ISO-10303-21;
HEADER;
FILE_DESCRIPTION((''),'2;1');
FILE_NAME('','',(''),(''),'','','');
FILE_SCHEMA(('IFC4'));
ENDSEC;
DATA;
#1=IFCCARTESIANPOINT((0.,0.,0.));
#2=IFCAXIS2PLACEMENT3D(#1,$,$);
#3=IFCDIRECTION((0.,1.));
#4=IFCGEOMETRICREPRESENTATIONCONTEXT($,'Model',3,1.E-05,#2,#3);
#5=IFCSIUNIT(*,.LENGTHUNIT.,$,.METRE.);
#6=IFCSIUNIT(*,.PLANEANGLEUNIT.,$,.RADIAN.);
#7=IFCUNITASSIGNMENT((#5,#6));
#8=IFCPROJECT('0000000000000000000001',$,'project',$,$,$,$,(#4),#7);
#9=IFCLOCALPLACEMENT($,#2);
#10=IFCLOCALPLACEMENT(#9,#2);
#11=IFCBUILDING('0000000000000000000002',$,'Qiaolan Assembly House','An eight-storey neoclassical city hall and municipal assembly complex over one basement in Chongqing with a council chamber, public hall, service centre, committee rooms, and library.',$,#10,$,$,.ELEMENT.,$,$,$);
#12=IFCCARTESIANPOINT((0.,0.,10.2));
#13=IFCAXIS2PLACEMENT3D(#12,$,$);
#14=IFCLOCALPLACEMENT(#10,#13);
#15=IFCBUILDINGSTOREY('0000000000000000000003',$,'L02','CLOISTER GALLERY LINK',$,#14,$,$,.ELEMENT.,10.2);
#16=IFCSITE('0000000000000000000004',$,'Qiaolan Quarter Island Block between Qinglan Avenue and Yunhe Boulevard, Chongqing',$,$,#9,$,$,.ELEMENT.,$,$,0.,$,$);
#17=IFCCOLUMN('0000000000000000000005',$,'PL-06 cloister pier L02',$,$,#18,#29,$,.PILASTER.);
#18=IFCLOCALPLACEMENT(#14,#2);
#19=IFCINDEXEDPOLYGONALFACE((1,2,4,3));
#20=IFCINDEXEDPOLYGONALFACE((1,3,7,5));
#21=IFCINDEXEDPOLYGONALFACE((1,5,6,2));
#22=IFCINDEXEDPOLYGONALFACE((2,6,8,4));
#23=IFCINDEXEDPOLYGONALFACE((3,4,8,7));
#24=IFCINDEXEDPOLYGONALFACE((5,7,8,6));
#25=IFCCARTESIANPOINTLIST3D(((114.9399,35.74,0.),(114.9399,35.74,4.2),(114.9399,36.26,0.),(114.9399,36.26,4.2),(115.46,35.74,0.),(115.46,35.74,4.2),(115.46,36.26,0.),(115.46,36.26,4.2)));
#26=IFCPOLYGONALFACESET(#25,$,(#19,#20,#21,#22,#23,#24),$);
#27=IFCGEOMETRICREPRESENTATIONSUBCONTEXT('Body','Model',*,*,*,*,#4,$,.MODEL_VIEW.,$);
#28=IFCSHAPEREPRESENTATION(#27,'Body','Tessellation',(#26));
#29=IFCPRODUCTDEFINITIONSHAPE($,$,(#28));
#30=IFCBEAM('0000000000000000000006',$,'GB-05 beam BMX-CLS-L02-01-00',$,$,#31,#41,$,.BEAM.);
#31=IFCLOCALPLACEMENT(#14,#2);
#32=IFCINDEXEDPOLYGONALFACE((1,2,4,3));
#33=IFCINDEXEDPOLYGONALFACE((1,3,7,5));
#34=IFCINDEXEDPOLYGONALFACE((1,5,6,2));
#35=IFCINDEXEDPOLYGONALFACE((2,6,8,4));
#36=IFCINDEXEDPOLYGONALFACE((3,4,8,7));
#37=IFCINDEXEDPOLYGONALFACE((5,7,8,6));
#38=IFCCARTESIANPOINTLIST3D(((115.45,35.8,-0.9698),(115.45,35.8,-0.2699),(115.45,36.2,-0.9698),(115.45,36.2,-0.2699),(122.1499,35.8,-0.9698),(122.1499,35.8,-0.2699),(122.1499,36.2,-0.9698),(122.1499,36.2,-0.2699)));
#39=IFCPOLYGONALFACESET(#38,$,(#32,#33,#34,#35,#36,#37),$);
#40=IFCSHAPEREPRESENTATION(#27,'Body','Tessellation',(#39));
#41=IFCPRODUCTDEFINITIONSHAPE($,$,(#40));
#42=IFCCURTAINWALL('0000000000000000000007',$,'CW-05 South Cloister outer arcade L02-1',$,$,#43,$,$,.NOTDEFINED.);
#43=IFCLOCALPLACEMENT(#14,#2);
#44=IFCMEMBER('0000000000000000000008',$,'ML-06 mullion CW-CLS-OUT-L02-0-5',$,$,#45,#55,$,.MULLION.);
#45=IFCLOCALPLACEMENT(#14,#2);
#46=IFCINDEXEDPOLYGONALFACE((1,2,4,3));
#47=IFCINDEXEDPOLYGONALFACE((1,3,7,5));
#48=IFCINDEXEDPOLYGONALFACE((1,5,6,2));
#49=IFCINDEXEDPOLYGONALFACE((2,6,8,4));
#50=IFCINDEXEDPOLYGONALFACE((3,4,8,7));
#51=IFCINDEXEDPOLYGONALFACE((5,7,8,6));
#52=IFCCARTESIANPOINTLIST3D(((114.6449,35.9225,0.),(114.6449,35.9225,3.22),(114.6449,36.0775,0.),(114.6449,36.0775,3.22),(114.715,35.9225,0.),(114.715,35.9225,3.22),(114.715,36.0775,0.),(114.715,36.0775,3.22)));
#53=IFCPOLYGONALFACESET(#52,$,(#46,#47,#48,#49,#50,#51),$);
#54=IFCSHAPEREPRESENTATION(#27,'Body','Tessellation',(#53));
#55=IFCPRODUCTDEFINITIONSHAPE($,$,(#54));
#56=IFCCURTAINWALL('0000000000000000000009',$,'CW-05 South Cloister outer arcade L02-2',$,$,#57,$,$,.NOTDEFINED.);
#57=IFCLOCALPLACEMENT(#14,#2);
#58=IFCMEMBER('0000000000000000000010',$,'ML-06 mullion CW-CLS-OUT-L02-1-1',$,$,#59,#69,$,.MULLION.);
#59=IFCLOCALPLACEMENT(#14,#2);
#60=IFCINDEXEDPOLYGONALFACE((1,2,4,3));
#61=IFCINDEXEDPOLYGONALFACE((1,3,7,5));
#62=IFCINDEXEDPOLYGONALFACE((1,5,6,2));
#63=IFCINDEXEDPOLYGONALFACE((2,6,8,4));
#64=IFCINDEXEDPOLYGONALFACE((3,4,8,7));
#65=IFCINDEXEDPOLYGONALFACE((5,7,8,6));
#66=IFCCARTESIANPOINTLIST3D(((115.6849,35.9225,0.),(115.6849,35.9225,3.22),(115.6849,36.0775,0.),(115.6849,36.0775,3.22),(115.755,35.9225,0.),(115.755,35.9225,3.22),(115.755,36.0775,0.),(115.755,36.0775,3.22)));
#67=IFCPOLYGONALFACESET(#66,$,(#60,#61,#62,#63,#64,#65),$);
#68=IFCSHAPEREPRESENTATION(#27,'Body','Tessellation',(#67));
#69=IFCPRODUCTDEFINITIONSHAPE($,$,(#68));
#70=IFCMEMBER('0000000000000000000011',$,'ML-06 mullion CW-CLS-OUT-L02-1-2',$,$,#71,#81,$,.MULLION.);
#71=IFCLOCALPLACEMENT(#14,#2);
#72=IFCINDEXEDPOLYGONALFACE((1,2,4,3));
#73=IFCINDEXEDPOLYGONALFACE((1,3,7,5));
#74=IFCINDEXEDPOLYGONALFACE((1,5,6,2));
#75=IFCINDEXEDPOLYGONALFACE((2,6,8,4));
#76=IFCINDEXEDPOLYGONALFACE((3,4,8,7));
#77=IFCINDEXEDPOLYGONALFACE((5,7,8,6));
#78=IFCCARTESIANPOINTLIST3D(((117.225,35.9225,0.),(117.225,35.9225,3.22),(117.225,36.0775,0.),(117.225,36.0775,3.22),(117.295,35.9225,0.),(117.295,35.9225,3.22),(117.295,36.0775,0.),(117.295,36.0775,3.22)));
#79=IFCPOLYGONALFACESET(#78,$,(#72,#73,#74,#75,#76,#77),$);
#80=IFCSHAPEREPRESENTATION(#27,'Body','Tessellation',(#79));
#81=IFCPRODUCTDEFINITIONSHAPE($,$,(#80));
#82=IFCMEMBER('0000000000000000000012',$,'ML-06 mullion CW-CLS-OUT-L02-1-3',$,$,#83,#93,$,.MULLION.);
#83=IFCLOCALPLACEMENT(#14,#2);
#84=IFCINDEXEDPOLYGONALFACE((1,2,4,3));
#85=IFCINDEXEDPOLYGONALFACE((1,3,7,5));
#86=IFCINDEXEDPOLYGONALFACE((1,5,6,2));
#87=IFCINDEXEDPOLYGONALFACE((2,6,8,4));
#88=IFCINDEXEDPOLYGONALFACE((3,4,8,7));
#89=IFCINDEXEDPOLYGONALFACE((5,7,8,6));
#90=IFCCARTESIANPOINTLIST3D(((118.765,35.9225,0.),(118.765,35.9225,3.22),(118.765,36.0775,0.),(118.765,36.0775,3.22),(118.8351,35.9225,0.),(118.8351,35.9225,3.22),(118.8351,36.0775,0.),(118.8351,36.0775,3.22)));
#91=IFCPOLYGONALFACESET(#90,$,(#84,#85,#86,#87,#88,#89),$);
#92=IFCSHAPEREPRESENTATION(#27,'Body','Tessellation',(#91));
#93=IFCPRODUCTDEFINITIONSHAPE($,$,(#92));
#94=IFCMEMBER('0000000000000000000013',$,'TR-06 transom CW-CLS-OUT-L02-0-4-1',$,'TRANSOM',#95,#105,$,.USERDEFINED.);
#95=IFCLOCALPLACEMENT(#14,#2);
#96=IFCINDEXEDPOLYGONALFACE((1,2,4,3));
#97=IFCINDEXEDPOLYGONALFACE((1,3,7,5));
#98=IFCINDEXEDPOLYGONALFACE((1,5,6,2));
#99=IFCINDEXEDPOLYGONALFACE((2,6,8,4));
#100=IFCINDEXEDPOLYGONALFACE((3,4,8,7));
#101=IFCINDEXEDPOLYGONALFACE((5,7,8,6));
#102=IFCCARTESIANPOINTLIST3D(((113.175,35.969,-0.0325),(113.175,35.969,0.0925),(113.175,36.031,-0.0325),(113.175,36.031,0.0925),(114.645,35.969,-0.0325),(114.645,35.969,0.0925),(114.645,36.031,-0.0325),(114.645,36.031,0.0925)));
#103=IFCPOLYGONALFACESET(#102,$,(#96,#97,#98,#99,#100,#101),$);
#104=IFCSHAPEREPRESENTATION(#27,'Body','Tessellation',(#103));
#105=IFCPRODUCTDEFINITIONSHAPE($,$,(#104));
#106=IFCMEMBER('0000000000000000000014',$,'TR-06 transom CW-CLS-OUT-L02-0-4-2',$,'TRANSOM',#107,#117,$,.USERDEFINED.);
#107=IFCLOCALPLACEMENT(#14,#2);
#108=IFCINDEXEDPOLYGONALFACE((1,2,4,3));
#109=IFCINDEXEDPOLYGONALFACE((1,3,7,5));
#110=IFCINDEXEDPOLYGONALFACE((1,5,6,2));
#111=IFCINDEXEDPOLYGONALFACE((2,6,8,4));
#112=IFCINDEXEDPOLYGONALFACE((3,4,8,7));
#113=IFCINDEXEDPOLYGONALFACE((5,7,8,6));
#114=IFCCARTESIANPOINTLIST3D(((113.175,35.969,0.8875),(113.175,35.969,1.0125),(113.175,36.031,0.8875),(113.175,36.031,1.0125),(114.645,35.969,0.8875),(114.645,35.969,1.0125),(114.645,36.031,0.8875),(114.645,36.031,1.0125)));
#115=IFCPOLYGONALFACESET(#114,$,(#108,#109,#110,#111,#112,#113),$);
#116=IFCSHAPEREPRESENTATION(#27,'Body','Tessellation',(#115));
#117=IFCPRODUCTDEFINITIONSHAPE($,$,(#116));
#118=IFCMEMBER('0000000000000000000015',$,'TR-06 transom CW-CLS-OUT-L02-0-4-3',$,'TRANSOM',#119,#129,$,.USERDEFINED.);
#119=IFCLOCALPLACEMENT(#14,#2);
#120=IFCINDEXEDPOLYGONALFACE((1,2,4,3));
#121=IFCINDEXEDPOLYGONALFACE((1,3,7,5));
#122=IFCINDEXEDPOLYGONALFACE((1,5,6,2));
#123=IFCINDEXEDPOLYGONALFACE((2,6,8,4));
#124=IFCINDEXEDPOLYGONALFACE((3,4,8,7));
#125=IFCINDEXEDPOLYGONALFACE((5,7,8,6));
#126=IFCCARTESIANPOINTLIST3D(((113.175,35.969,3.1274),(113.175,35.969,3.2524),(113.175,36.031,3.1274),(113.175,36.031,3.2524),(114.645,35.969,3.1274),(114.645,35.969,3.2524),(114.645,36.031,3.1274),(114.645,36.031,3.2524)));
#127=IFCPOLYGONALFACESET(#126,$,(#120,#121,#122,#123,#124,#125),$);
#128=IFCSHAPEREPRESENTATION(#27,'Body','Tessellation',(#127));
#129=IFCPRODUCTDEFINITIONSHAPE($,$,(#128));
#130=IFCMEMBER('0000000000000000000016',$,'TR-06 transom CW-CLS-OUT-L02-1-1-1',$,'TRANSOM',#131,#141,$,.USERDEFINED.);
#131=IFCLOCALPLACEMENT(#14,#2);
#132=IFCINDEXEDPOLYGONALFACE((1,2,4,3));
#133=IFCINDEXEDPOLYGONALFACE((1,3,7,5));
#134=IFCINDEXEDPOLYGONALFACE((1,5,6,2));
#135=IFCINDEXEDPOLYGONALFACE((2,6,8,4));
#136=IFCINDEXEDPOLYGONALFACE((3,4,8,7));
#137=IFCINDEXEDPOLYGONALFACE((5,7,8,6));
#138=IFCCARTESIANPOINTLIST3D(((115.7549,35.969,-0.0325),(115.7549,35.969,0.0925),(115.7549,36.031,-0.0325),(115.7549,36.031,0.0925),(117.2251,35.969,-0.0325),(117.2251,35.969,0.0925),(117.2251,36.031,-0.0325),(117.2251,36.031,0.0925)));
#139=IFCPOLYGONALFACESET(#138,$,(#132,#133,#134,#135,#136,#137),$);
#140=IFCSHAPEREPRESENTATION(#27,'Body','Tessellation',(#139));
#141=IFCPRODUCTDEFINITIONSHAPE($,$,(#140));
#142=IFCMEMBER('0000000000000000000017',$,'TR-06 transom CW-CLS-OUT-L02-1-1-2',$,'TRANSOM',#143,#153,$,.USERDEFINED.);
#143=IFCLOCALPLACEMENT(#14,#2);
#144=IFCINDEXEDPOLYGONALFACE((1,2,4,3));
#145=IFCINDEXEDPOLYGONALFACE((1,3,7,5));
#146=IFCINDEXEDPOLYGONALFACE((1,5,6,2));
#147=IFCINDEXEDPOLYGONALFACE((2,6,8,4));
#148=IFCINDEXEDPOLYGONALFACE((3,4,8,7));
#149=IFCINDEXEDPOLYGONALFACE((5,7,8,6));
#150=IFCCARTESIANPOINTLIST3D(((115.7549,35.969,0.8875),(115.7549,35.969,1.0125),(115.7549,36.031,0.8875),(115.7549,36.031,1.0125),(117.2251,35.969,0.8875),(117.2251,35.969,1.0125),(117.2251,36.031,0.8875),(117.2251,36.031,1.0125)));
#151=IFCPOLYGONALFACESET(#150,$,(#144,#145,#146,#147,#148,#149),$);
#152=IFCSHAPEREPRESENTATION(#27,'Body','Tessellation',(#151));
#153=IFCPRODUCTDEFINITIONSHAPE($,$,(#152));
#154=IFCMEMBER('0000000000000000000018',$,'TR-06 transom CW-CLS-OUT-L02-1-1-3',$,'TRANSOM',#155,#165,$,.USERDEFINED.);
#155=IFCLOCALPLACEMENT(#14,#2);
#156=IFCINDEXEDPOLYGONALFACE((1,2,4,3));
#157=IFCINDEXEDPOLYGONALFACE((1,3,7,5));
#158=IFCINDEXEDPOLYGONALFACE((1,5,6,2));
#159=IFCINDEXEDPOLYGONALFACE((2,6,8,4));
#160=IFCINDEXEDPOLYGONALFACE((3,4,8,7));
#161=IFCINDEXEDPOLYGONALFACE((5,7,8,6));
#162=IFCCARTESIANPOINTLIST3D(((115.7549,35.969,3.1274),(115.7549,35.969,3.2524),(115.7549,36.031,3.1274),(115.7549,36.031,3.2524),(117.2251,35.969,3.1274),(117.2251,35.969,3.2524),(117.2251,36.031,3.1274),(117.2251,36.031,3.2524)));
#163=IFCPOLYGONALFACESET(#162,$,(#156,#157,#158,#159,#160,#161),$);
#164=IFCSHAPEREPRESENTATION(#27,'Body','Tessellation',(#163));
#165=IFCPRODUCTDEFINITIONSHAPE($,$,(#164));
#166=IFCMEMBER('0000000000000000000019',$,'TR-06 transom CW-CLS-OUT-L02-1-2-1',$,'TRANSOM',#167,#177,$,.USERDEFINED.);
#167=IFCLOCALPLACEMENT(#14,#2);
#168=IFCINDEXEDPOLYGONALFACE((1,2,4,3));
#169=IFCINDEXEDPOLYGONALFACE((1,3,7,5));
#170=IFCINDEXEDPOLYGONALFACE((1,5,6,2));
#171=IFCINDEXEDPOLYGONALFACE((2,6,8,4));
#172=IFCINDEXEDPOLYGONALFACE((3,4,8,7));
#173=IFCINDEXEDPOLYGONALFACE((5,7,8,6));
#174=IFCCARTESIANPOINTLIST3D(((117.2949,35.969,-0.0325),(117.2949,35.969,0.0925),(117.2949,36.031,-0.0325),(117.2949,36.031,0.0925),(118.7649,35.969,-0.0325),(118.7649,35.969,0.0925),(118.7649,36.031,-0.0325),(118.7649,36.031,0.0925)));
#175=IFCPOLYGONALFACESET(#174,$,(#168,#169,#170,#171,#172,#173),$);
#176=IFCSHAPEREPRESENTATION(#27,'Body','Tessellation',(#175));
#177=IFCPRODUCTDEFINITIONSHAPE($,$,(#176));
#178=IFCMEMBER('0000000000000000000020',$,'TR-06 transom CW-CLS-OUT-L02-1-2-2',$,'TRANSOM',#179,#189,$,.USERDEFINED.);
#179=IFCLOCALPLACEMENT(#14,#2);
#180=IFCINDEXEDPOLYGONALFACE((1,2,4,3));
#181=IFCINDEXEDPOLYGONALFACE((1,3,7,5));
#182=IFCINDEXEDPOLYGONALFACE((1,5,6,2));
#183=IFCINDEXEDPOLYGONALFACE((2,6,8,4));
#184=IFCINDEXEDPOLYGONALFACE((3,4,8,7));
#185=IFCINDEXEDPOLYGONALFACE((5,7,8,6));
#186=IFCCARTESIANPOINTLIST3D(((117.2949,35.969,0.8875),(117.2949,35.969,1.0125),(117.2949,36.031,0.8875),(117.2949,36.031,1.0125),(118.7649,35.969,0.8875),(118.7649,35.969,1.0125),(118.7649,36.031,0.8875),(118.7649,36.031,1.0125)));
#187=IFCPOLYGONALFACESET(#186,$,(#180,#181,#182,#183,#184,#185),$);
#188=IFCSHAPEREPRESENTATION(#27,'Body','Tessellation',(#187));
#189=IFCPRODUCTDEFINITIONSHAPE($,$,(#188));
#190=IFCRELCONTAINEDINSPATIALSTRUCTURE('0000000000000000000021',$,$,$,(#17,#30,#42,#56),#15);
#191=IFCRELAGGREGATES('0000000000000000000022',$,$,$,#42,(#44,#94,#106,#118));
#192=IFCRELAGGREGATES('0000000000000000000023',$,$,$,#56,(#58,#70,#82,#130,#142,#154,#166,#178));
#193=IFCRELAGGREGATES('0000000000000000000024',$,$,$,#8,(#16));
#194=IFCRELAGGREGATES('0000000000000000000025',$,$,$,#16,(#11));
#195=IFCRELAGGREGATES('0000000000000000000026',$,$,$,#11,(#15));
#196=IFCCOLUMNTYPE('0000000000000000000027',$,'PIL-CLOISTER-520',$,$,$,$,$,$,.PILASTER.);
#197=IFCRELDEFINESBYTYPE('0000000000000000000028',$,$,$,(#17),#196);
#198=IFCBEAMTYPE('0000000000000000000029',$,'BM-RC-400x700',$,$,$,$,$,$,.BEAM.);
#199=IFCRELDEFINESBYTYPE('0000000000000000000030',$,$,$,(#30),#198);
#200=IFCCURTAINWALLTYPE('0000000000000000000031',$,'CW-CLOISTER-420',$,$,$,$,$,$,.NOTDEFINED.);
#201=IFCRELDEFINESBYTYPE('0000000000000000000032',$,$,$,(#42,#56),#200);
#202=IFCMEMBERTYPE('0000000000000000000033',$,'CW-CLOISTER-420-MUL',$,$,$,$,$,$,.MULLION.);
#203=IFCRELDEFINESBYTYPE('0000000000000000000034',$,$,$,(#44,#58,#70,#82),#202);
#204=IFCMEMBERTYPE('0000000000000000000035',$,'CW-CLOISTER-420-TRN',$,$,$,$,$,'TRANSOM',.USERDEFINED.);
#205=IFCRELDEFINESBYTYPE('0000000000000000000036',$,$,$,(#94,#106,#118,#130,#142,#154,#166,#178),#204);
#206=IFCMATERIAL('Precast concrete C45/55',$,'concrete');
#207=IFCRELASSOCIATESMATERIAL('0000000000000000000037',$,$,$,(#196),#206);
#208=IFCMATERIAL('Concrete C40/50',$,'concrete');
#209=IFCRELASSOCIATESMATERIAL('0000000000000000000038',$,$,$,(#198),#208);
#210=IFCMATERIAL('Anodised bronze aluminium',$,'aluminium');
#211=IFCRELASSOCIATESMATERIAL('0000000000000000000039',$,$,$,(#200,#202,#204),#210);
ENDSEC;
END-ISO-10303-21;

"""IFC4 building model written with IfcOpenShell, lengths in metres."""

from ifc_helpers import new_model, si_unit, direction, frame, origin, origin_2d, place, context, subcontext, project, spatial, rectangle, extrude, material, material_profile, profile_set, type_object, element, aggregate, save


model = new_model("IFC4")

# Units and contexts
model_context = context("Model", 3, precision=1e-05, world=origin(), true_north=direction((0.0, 1.0)))
body_context = subcontext(model_context, "Body", "Model", "MODEL_VIEW")
ifc_project = project(units=[si_unit("LENGTHUNIT", "METRE"), si_unit("PLANEANGLEUNIT", "RADIAN")], contexts=[model_context])

# Site, building, storey
site_placement = place(None, origin())
site = spatial("IfcSite", under=ifc_project, at=site_placement, Name="Qiaolan Quarter Island Block between Qinglan Avenue and Yunhe Boulevard, Chongqing", CompositionType="ELEMENT", RefElevation=0.0)
building_placement = place(site_placement, origin())
building = spatial("IfcBuilding", under=site, at=building_placement, Name="Qiaolan Assembly House", Description="An eight-storey neoclassical city hall and municipal assembly complex over one basement in Chongqing with a council chamber, public hall, service centre, committee rooms, and library.", CompositionType="ELEMENT")
storey_placement = place(building_placement, frame((0.0, 0.0, 10.2)))
storey = spatial("IfcBuildingStorey", under=building, at=storey_placement, Name="L02", Description="CLOISTER GALLERY LINK", CompositionType="ELEMENT", Elevation=10.2)

# Column
ifc_material_1 = material(Name="Precast concrete C45/55", Category="concrete")
ifc_material_profile_1 = material_profile(ifc_material_1, rectangle(XDim=0.52, YDim=0.52, at=origin_2d()), Name="PIL 520x520")
ifc_profile_set_1 = profile_set([ifc_material_profile_1], Name="Precast concrete C45/55")
column_type = type_object("IfcColumnType", Name="PIL-CLOISTER-520", PredefinedType="PILASTER", material=ifc_profile_set_1)
column_placement = place(storey_placement, frame((115.2, 36.0, 0.0), z_axis=(0.0, 0.0, 1.0), x_axis=(1.0, 0.0, 0.0)))
element("IfcColumn", 1, at=column_placement, inside=storey, type_object=column_type, Name="PL-06 cloister pier L02", PredefinedType="PILASTER", context=body_context, shape_type="SweptSolid", body=[
    extrude(rectangle(XDim=0.52, YDim=0.52, at=origin_2d()), origin(), (0.0, 0.0, 1.0), 4.2),
])

# Beam
ifc_material_2 = material(Name="Concrete C40/50", Category="concrete")
ifc_material_profile_2 = material_profile(ifc_material_2, rectangle(XDim=0.3999, YDim=0.7, at=origin_2d()), Name="RCB 400x700")
ifc_profile_set_2 = profile_set([ifc_material_profile_2], Name="Concrete C40/50")
beam_type_1 = type_object("IfcBeamType", Name="BM-RC-400x700", PredefinedType="BEAM", material=ifc_profile_set_2)
beam_1_placement = place(storey_placement, frame((115.45, 36.0, -0.6199), z_axis=(1.0, 0.0, 0.0), x_axis=(0.0, 1.0, 0.0)))
element("IfcBeam", 2, at=beam_1_placement, inside=storey, type_object=beam_type_1, Name="GB-05 beam BMX-CLS-L02-01-00", PredefinedType="BEAM", context=body_context, shape_type="SweptSolid", body=[
    extrude(rectangle(XDim=0.3999, YDim=0.7, at=origin_2d()), origin(), (0.0, 0.0, 1.0), 6.7),
])

# Curtain wall, member
ifc_material_3 = material(Name="Anodised bronze aluminium", Category="aluminium")
curtain_wall_type = type_object("IfcCurtainWallType", Name="CW-CLOISTER-420", PredefinedType="NOTDEFINED", material=ifc_material_3)
curtain_wall_1_placement = place(storey_placement, origin())
curtain_wall_1 = element("IfcCurtainWall", 3, at=curtain_wall_1_placement, inside=storey, type_object=curtain_wall_type, Name="CW-05 South Cloister outer arcade L02-1", PredefinedType="NOTDEFINED")
ifc_material_profile_3 = material_profile(ifc_material_3, rectangle(XDim=0.0701, YDim=0.155, at=origin_2d()), Name="MUL 70x155")
ifc_profile_set_3 = profile_set([ifc_material_profile_3], Name="Anodised bronze aluminium")
member_type_1 = type_object("IfcMemberType", Name="CW-CLOISTER-420-MUL", PredefinedType="MULLION", material=ifc_profile_set_3)
member_1_placement = place(storey_placement, frame((114.6799, 36.0, 0.0), z_axis=(0.0, 0.0, 1.0), x_axis=(1.0, 0.0, 0.0)))
member_1 = element("IfcMember", 4, at=member_1_placement, type_object=member_type_1, Name="ML-06 mullion CW-CLS-OUT-L02-0-5", PredefinedType="MULLION", context=body_context, shape_type="SweptSolid", body=[
    extrude(rectangle(XDim=0.0701, YDim=0.155, at=origin_2d()), origin(), (0.0, 0.0, 1.0), 3.22),
])

# Curtain wall, members
curtain_wall_2_placement = place(storey_placement, origin())
curtain_wall_2 = element("IfcCurtainWall", 5, at=curtain_wall_2_placement, inside=storey, type_object=curtain_wall_type, Name="CW-05 South Cloister outer arcade L02-2", PredefinedType="NOTDEFINED")
member_2_placement = place(storey_placement, frame((115.72, 36.0, 0.0), z_axis=(0.0, 0.0, 1.0), x_axis=(1.0, 0.0, 0.0)))
member_2 = element("IfcMember", 6, at=member_2_placement, type_object=member_type_1, Name="ML-06 mullion CW-CLS-OUT-L02-1-1", PredefinedType="MULLION", context=body_context, shape_type="SweptSolid", body=[
    extrude(rectangle(XDim=0.0701, YDim=0.155, at=origin_2d()), origin(), (0.0, 0.0, 1.0), 3.22),
])
member_3_placement = place(storey_placement, frame((117.26, 36.0, 0.0), z_axis=(0.0, 0.0, 1.0), x_axis=(1.0, 0.0, 0.0)))
member_3 = element("IfcMember", 7, at=member_3_placement, type_object=member_type_1, Name="ML-06 mullion CW-CLS-OUT-L02-1-2", PredefinedType="MULLION", context=body_context, shape_type="SweptSolid", body=[
    extrude(rectangle(XDim=0.0701, YDim=0.155, at=origin_2d()), origin(), (0.0, 0.0, 1.0), 3.22),
])
member_4_placement = place(storey_placement, frame((118.8, 36.0, 0.0), z_axis=(0.0, 0.0, 1.0), x_axis=(1.0, 0.0, 0.0)))
member_4 = element("IfcMember", 8, at=member_4_placement, type_object=member_type_1, Name="ML-06 mullion CW-CLS-OUT-L02-1-3", PredefinedType="MULLION", context=body_context, shape_type="SweptSolid", body=[
    extrude(rectangle(XDim=0.0701, YDim=0.155, at=origin_2d()), origin(), (0.0, 0.0, 1.0), 3.22),
])

# Members
ifc_material_profile_4 = material_profile(ifc_material_3, rectangle(XDim=0.062, YDim=0.125, at=origin_2d()), Name="TRN 62x125")
ifc_profile_set_4 = profile_set([ifc_material_profile_4], Name="Anodised bronze aluminium")
member_type_2 = type_object("IfcMemberType", Name="CW-CLOISTER-420-TRN", ElementType="TRANSOM", PredefinedType="USERDEFINED", material=ifc_profile_set_4)
member_5_placement = place(storey_placement, frame((113.175, 36.0, 0.03), z_axis=(1.0, 0.0, 0.0), x_axis=(0.0, 1.0, 0.0)))
member_5 = element("IfcMember", 9, at=member_5_placement, type_object=member_type_2, Name="TR-06 transom CW-CLS-OUT-L02-0-4-1", ObjectType="TRANSOM", PredefinedType="USERDEFINED", context=body_context, shape_type="SweptSolid", body=[
    extrude(rectangle(XDim=0.062, YDim=0.125, at=origin_2d()), origin(), (0.0, 0.0, 1.0), 1.47),
])
member_6_placement = place(storey_placement, frame((113.175, 36.0, 0.95), z_axis=(1.0, 0.0, 0.0), x_axis=(0.0, 1.0, 0.0)))
member_6 = element("IfcMember", 10, at=member_6_placement, type_object=member_type_2, Name="TR-06 transom CW-CLS-OUT-L02-0-4-2", ObjectType="TRANSOM", PredefinedType="USERDEFINED", context=body_context, shape_type="SweptSolid", body=[
    extrude(rectangle(XDim=0.062, YDim=0.125, at=origin_2d()), origin(), (0.0, 0.0, 1.0), 1.47),
])
member_7_placement = place(storey_placement, frame((113.175, 36.0, 3.1899), z_axis=(1.0, 0.0, 0.0), x_axis=(0.0, 1.0, 0.0)))
member_7 = element("IfcMember", 11, at=member_7_placement, type_object=member_type_2, Name="TR-06 transom CW-CLS-OUT-L02-0-4-3", ObjectType="TRANSOM", PredefinedType="USERDEFINED", context=body_context, shape_type="SweptSolid", body=[
    extrude(rectangle(XDim=0.062, YDim=0.125, at=origin_2d()), origin(), (0.0, 0.0, 1.0), 1.47),
])
aggregate(curtain_wall_1, [member_1, member_5, member_6, member_7])
member_8_placement = place(storey_placement, frame((115.7549, 36.0, 0.03), z_axis=(1.0, 0.0, 0.0), x_axis=(0.0, 1.0, 0.0)))
member_8 = element("IfcMember", 12, at=member_8_placement, type_object=member_type_2, Name="TR-06 transom CW-CLS-OUT-L02-1-1-1", ObjectType="TRANSOM", PredefinedType="USERDEFINED", context=body_context, shape_type="SweptSolid", body=[
    extrude(rectangle(XDim=0.062, YDim=0.125, at=origin_2d()), origin(), (0.0, 0.0, 1.0), 1.4702),
])
member_9_placement = place(storey_placement, frame((115.7549, 36.0, 0.95), z_axis=(1.0, 0.0, 0.0), x_axis=(0.0, 1.0, 0.0)))
member_9 = element("IfcMember", 13, at=member_9_placement, type_object=member_type_2, Name="TR-06 transom CW-CLS-OUT-L02-1-1-2", ObjectType="TRANSOM", PredefinedType="USERDEFINED", context=body_context, shape_type="SweptSolid", body=[
    extrude(rectangle(XDim=0.062, YDim=0.125, at=origin_2d()), origin(), (0.0, 0.0, 1.0), 1.4702),
])
member_10_placement = place(storey_placement, frame((115.7549, 36.0, 3.1899), z_axis=(1.0, 0.0, 0.0), x_axis=(0.0, 1.0, 0.0)))
member_10 = element("IfcMember", 14, at=member_10_placement, type_object=member_type_2, Name="TR-06 transom CW-CLS-OUT-L02-1-1-3", ObjectType="TRANSOM", PredefinedType="USERDEFINED", context=body_context, shape_type="SweptSolid", body=[
    extrude(rectangle(XDim=0.062, YDim=0.125, at=origin_2d()), origin(), (0.0, 0.0, 1.0), 1.4702),
])
member_11_placement = place(storey_placement, frame((117.2949, 36.0, 0.03), z_axis=(1.0, 0.0, 0.0), x_axis=(0.0, 1.0, 0.0)))
member_11 = element("IfcMember", 15, at=member_11_placement, type_object=member_type_2, Name="TR-06 transom CW-CLS-OUT-L02-1-2-1", ObjectType="TRANSOM", PredefinedType="USERDEFINED", context=body_context, shape_type="SweptSolid", body=[
    extrude(rectangle(XDim=0.062, YDim=0.125, at=origin_2d()), origin(), (0.0, 0.0, 1.0), 1.47),
])
member_12_placement = place(storey_placement, frame((117.2949, 36.0, 0.95), z_axis=(1.0, 0.0, 0.0), x_axis=(0.0, 1.0, 0.0)))
member_12 = element("IfcMember", 16, at=member_12_placement, type_object=member_type_2, Name="TR-06 transom CW-CLS-OUT-L02-1-2-2", ObjectType="TRANSOM", PredefinedType="USERDEFINED", context=body_context, shape_type="SweptSolid", body=[
    extrude(rectangle(XDim=0.062, YDim=0.125, at=origin_2d()), origin(), (0.0, 0.0, 1.0), 1.47),
])

aggregate(curtain_wall_2, [member_2, member_3, member_4, member_8, member_9, member_10, member_11, member_12])

save(model, "model.ifc")
